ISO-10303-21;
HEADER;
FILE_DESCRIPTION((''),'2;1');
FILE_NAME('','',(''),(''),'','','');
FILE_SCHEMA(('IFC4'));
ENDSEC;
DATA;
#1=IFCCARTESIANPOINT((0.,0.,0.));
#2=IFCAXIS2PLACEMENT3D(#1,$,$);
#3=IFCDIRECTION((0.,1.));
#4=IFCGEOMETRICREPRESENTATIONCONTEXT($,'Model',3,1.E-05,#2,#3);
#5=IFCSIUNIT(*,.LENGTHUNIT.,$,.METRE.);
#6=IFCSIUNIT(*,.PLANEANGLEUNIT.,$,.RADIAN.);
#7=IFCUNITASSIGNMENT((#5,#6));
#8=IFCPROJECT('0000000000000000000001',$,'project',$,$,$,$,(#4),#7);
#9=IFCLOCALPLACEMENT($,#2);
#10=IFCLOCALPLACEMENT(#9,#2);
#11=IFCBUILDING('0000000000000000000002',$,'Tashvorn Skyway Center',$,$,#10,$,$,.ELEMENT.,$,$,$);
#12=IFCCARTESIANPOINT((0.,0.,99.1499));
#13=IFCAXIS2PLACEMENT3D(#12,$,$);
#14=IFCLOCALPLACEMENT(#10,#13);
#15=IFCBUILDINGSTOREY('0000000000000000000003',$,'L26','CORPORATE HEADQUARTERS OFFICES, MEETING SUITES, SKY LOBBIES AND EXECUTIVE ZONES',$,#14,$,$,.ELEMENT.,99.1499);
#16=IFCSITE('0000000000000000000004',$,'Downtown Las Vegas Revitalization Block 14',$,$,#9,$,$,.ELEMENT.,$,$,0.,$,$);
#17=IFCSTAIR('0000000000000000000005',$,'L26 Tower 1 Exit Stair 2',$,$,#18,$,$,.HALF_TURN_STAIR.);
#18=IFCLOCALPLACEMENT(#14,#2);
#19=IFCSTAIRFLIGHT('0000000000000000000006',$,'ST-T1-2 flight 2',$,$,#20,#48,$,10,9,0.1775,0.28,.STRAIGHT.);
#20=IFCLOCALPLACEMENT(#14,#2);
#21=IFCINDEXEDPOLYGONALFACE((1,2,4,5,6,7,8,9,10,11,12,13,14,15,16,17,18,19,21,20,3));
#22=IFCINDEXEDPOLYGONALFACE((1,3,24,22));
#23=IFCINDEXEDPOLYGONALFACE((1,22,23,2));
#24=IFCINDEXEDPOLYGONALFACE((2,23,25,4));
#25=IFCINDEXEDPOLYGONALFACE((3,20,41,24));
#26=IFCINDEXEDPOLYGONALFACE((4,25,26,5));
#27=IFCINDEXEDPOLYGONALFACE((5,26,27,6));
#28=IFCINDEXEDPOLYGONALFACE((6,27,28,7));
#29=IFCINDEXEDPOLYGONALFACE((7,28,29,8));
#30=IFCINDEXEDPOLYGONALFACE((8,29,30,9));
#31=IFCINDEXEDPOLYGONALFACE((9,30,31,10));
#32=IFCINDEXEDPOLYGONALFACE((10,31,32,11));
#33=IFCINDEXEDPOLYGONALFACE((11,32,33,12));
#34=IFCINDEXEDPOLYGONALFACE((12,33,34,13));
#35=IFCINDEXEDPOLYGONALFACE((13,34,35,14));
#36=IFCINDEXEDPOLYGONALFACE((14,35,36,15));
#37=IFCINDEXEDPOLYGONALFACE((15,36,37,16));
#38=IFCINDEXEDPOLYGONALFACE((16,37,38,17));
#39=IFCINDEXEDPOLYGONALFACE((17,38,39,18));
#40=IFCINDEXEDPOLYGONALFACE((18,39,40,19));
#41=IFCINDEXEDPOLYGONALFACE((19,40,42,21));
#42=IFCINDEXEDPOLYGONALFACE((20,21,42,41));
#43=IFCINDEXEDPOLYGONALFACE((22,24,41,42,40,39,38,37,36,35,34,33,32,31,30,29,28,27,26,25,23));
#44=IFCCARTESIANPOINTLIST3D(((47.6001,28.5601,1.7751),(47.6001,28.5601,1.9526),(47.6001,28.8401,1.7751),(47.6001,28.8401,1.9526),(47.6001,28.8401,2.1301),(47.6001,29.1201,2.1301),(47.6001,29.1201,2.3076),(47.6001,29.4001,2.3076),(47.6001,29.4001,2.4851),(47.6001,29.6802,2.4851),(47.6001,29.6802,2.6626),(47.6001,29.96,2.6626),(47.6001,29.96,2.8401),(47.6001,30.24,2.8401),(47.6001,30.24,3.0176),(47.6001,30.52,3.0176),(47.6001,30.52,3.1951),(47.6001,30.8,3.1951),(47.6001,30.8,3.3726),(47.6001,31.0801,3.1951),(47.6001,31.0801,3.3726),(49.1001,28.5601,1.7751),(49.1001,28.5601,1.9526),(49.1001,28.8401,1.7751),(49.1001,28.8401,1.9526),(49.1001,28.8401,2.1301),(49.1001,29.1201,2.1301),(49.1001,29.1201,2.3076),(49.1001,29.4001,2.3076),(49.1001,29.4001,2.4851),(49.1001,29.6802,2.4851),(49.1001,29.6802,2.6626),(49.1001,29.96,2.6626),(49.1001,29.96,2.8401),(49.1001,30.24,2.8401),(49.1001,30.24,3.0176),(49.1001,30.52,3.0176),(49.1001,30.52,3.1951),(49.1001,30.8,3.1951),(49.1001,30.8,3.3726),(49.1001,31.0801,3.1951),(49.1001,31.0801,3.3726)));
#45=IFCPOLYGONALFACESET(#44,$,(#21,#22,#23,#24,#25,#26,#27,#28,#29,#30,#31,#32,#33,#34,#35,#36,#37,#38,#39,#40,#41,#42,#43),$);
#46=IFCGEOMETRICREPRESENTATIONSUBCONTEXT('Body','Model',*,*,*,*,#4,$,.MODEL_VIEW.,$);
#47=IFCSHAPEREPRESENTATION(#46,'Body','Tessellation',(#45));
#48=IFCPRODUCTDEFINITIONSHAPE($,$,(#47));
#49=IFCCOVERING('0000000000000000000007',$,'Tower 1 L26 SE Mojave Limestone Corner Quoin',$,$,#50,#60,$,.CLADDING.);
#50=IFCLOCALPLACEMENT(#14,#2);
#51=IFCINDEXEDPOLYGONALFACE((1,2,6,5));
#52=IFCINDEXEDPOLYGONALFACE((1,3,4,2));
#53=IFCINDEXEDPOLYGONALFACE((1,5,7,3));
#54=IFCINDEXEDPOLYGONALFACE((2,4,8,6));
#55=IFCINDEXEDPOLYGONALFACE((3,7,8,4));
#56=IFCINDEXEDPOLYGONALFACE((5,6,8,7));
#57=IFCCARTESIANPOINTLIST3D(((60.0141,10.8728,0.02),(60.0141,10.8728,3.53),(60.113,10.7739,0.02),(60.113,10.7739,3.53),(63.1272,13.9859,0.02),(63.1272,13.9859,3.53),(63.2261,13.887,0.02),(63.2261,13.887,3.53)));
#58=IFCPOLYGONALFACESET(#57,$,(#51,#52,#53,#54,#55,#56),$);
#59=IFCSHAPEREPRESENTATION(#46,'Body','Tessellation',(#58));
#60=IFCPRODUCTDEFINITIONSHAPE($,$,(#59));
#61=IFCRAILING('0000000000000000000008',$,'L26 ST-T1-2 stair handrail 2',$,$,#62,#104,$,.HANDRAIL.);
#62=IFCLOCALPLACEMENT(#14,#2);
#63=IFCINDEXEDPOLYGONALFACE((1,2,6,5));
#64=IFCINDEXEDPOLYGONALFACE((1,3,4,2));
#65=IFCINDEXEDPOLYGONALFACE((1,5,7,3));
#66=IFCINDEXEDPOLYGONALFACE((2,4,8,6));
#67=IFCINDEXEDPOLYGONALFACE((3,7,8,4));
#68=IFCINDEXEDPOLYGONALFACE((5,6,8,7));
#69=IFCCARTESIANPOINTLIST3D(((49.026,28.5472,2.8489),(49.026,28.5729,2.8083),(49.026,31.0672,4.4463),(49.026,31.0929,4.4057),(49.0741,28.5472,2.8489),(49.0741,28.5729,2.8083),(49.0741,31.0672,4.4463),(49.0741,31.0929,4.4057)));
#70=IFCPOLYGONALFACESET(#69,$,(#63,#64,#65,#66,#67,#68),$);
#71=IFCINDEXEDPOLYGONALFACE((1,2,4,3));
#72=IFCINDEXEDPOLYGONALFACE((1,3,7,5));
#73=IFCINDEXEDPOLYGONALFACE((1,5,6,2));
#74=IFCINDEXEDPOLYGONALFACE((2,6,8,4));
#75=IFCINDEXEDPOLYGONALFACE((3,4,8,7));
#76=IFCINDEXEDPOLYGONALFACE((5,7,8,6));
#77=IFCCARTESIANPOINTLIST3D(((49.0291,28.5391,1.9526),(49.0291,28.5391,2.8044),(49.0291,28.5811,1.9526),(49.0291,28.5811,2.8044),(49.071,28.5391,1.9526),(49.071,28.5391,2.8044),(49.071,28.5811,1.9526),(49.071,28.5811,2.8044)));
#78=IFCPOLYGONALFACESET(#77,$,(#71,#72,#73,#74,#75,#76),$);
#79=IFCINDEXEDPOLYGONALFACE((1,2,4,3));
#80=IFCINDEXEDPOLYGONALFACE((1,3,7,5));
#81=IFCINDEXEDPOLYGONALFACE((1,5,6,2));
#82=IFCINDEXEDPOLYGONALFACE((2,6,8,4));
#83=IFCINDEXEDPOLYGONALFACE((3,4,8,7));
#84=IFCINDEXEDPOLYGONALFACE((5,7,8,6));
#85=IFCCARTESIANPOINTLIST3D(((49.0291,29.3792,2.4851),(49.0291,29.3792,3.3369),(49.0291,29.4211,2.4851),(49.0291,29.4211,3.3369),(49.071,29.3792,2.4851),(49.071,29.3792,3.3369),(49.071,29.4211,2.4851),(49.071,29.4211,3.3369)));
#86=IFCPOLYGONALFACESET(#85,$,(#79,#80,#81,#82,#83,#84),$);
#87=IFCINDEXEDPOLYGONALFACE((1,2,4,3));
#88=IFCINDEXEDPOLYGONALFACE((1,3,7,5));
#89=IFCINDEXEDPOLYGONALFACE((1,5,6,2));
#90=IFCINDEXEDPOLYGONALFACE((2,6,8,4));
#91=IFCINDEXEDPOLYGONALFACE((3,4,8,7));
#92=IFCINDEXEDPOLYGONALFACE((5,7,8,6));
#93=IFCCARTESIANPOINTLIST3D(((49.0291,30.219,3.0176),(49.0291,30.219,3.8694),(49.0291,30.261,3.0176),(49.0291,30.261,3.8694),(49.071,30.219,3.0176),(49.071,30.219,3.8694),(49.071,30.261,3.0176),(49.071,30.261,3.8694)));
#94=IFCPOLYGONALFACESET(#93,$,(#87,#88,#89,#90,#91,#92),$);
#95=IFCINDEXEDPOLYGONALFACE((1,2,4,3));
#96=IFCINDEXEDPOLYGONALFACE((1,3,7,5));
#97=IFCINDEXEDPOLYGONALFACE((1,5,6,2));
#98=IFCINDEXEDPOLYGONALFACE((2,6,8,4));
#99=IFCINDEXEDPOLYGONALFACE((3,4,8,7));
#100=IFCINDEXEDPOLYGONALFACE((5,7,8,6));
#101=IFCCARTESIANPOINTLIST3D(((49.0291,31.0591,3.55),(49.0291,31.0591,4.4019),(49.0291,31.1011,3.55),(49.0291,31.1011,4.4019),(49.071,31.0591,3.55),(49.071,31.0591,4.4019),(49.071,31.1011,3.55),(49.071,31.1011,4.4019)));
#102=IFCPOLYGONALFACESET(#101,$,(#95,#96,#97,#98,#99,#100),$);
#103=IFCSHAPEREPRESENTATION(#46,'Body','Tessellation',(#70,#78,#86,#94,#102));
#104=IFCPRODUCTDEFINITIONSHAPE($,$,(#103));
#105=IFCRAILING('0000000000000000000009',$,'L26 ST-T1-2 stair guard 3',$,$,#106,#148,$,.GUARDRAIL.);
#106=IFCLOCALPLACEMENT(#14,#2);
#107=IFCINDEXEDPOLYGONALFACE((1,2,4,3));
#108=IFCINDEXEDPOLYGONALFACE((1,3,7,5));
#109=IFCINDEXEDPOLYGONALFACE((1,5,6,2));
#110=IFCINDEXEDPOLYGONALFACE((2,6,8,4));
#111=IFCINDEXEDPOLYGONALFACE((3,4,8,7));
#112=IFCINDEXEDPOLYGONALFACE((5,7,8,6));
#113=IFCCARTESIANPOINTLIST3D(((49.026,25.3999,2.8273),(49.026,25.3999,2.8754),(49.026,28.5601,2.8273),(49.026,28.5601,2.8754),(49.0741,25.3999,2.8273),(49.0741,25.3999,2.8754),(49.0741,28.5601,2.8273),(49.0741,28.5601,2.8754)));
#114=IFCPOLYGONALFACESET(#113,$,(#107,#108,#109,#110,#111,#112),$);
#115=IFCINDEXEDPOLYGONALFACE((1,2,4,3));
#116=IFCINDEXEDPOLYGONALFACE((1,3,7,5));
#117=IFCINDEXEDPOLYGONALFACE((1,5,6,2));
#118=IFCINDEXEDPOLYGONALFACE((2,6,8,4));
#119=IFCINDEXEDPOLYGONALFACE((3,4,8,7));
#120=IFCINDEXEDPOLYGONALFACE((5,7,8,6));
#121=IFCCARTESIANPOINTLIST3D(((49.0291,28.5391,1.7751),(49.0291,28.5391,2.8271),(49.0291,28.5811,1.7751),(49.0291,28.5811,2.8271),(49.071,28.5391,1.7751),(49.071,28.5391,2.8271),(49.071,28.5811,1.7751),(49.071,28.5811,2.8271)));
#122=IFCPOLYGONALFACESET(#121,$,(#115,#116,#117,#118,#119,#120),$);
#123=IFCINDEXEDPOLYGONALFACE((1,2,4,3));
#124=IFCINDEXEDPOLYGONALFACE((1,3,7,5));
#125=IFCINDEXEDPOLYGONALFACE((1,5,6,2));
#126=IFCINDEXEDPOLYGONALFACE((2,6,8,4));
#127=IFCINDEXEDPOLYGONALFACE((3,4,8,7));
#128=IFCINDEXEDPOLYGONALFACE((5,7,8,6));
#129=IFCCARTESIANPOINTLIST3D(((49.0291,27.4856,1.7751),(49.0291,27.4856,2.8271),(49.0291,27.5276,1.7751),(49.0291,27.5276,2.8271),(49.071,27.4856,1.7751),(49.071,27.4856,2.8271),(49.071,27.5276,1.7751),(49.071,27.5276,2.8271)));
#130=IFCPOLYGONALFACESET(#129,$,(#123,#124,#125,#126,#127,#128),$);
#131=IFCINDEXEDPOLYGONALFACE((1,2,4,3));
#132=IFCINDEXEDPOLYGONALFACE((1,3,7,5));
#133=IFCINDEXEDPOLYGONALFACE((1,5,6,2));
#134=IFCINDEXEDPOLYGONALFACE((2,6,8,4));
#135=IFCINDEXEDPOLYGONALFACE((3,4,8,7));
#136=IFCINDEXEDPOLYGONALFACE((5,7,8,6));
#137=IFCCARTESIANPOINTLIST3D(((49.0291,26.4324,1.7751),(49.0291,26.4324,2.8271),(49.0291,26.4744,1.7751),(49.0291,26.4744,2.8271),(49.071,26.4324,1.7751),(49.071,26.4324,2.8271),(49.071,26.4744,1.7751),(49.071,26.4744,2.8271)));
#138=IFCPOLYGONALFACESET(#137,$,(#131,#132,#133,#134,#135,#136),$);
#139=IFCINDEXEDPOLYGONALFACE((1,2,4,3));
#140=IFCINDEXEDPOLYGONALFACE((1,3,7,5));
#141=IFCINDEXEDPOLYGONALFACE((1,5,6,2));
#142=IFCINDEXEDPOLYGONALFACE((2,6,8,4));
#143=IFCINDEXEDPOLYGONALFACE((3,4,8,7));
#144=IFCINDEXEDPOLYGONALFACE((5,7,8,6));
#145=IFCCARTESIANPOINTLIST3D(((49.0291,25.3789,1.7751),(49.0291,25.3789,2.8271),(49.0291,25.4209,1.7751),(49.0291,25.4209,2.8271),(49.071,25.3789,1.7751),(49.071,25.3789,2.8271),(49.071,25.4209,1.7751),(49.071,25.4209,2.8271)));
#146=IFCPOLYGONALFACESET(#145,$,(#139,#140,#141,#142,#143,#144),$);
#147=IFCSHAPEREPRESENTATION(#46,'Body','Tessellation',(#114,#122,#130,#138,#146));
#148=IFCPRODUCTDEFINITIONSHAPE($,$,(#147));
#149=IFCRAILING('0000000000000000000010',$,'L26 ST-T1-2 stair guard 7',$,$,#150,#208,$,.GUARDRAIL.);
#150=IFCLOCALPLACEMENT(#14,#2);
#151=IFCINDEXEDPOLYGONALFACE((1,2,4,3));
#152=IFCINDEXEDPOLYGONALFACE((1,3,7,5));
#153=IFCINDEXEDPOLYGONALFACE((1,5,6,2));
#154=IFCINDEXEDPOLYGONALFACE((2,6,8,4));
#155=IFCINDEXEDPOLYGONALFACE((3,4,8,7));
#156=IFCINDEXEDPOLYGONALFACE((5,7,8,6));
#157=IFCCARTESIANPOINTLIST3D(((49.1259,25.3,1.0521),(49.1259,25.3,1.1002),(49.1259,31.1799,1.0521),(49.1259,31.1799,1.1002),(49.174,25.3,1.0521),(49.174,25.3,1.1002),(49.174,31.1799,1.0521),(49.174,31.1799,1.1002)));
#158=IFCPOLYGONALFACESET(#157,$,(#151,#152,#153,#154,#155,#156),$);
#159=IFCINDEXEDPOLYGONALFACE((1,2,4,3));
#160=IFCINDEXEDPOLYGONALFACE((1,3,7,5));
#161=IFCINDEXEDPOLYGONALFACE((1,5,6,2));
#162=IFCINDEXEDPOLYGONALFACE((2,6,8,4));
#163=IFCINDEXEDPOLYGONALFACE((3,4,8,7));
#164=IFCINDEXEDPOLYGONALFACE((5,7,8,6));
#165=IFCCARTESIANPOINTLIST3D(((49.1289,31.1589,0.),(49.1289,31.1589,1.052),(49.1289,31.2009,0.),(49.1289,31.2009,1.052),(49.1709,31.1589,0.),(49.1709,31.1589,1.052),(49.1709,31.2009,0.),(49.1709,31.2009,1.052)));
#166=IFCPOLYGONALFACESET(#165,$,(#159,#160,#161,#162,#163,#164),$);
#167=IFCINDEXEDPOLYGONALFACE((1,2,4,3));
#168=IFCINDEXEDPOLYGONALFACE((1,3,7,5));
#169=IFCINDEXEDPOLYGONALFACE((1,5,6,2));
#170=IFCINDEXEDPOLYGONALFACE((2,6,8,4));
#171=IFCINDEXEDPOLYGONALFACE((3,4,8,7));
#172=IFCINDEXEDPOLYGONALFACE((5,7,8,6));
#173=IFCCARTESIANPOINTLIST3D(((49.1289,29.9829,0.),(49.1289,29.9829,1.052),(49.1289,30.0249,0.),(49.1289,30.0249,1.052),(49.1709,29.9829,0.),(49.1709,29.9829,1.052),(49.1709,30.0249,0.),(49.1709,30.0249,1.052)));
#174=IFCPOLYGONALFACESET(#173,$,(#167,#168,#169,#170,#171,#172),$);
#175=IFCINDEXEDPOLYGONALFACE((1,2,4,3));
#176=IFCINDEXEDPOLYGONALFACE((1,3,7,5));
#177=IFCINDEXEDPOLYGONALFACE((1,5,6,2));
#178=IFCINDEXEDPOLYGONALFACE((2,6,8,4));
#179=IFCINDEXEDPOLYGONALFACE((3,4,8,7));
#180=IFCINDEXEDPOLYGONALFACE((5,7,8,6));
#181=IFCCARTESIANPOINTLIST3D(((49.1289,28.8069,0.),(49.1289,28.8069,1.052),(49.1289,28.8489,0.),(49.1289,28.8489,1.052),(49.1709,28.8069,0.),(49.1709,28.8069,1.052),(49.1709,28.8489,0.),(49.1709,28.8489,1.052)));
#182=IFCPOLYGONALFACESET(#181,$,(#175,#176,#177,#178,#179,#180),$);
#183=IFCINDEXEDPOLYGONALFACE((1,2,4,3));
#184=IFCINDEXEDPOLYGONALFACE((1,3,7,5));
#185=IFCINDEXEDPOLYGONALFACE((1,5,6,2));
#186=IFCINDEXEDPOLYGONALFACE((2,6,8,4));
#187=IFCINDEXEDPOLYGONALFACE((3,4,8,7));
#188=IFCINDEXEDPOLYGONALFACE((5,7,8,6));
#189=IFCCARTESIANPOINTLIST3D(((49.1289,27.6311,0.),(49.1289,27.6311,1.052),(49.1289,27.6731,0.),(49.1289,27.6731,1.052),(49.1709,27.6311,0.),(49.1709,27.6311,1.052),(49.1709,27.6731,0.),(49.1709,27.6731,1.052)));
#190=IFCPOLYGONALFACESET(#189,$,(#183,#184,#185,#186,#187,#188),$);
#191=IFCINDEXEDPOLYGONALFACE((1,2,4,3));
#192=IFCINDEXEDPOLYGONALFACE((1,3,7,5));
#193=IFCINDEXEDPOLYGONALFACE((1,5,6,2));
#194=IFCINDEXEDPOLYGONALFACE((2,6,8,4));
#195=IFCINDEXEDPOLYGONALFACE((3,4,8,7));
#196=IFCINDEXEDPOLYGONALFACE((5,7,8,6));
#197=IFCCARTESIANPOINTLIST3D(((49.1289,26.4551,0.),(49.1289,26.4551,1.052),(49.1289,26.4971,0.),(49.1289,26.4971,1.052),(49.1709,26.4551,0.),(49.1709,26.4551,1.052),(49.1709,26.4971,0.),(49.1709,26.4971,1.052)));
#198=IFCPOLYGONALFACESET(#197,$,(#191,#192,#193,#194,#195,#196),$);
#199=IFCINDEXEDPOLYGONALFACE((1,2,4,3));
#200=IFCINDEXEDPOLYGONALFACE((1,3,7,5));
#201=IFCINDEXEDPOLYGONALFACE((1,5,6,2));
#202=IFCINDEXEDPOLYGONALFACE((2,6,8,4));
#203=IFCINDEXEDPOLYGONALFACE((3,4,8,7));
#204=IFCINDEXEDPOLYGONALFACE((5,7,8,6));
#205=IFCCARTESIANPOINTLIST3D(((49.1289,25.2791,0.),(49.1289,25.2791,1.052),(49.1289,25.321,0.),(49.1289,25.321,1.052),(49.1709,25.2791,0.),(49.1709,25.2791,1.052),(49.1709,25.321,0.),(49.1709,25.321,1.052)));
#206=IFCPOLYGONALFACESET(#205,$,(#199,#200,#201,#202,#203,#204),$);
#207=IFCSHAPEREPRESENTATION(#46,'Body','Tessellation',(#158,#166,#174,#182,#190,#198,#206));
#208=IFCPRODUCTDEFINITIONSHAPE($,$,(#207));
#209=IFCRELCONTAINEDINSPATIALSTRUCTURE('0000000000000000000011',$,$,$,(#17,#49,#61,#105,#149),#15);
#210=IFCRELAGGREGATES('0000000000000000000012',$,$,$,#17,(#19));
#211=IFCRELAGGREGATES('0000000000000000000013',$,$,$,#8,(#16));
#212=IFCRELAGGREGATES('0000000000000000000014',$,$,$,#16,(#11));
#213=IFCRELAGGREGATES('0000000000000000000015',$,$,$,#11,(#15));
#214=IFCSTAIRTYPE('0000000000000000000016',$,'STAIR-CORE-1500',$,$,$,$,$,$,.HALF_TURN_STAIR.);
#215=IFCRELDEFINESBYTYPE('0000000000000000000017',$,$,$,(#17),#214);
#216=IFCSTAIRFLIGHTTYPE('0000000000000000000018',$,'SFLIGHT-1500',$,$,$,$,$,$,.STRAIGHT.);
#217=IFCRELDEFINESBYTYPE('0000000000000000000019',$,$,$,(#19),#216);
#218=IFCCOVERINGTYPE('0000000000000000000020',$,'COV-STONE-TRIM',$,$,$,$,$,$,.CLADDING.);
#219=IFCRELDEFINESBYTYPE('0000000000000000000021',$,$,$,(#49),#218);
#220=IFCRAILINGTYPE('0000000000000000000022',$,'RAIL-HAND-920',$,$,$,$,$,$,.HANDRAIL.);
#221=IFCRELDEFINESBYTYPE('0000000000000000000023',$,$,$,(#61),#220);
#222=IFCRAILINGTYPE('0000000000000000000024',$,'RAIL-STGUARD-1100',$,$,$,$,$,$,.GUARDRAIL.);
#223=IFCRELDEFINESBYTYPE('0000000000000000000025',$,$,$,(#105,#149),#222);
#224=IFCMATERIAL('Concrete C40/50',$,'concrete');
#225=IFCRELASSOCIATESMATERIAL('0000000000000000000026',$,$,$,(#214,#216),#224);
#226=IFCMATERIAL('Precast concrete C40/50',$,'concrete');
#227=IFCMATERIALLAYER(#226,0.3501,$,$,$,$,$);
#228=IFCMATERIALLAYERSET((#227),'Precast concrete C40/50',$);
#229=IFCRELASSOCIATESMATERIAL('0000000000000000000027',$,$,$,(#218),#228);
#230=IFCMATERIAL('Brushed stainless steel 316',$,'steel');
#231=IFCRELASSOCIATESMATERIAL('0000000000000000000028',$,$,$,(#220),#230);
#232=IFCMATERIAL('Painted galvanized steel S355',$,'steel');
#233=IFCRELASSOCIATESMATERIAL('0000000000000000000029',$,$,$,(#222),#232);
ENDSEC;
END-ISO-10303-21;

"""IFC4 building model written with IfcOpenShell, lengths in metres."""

from ifc_helpers import new_model, si_unit, direction, frame, origin, origin_2d, place, context, subcontext, project, spatial, polyline, rectangle, outline, extrude, material, layer, layer_set, type_object, element, aggregate, save


model = new_model("IFC4")

# Units and contexts
model_context = context("Model", 3, precision=1e-05, world=origin(), true_north=direction((0.0, 1.0)))
body_context = subcontext(model_context, "Body", "Model", "MODEL_VIEW")
ifc_project = project(units=[si_unit("LENGTHUNIT", "METRE"), si_unit("PLANEANGLEUNIT", "RADIAN")], contexts=[model_context])

# Site, building, storey
site_placement = place(None, origin())
site = spatial("IfcSite", under=ifc_project, at=site_placement, Name="Downtown Las Vegas Revitalization Block 14", CompositionType="ELEMENT", RefElevation=0.0)
building_placement = place(site_placement, origin())
building = spatial("IfcBuilding", under=site, at=building_placement, Name="Tashvorn Skyway Center", CompositionType="ELEMENT")
storey_placement = place(building_placement, frame((0.0, 0.0, 99.1499)))
storey = spatial("IfcBuildingStorey", under=building, at=storey_placement, Name="L26", Description="CORPORATE HEADQUARTERS OFFICES, MEETING SUITES, SKY LOBBIES AND EXECUTIVE ZONES", CompositionType="ELEMENT", Elevation=99.1499)

# Stair, stair flight
ifc_material_1 = material(Name="Concrete C40/50", Category="concrete")
stair_type = type_object("IfcStairType", Name="STAIR-CORE-1500", PredefinedType="HALF_TURN_STAIR", material=ifc_material_1)
stair_placement = place(storey_placement, origin())
stair = element("IfcStair", 1, at=stair_placement, inside=storey, type_object=stair_type, Name="L26 Tower 1 Exit Stair 2", PredefinedType="HALF_TURN_STAIR")
stair_flight_type = type_object("IfcStairFlightType", Name="SFLIGHT-1500", PredefinedType="STRAIGHT", material=ifc_material_1)
stair_flight_placement = place(storey_placement, frame((48.3501, 28.5601, 1.7751), z_axis=(0.0, 0.0, 1.0), x_axis=(0.0, 1.0, 0.0)))
stair_flight = element("IfcStairFlight", 2, at=stair_flight_placement, type_object=stair_flight_type, Name="ST-T1-2 flight 2", NumberOfRisers=10, NumberOfTreads=9, PredefinedType="STRAIGHT", RiserHeight=0.1775, TreadLength=0.28, context=body_context, shape_type="SweptSolid", body=[
    extrude(outline(polyline([(0.0, 0.0), (0.0, 0.1775), (0.28, 0.1775), (0.28, 0.355), (0.5601, 0.355), (0.5601, 0.5325), (0.8401, 0.5325), (0.8401, 0.71), (1.1201, 0.71), (1.1201, 0.8875), (1.3999, 0.8875), (1.3999, 1.0649), (1.6799, 1.0649), (1.6799, 1.2424), (1.96, 1.2424), (1.96, 1.4199), (2.24, 1.4199), (2.24, 1.5974), (2.52, 1.5974), (2.52, 1.7749), (2.52, 1.4199), (0.28, 0.0), (0.0, 0.0)])), frame((0.0, 0.75, 0.0), z_axis=(0.0, -1.0, 0.0), x_axis=(1.0, 0.0, 0.0)), (0.0, 0.0, 1.0), 1.5),
])
aggregate(stair, [stair_flight])

# Covering
ifc_material_2 = material(Name="Precast concrete C40/50", Category="concrete")
ifc_layer_1 = layer(ifc_material_2, 0.3501)
ifc_layer_set_1 = layer_set([ifc_layer_1], Name="Precast concrete C40/50")
covering_type = type_object("IfcCoveringType", Name="COV-STONE-TRIM", PredefinedType="CLADDING", material=ifc_layer_set_1)
covering_placement = place(storey_placement, frame((61.6201, 12.3799, 0.02), z_axis=(0.0, 0.0, 1.0), x_axis=(0.707107, 0.707107, 0.0)))
element("IfcCovering", 3, at=covering_placement, inside=storey, type_object=covering_type, Name="Tower 1 L26 SE Mojave Limestone Corner Quoin", PredefinedType="CLADDING", context=body_context, shape_type="SweptSolid", body=[
    extrude(rectangle(XDim=4.4026, YDim=0.1399, at=origin_2d()), origin(), (0.0, 0.0, 1.0), 3.51),
])

# Railings
ifc_material_3 = material(Name="Brushed stainless steel 316", Category="steel")
railing_type_1 = type_object("IfcRailingType", Name="RAIL-HAND-920", PredefinedType="HANDRAIL", material=ifc_material_3)
railing_1_placement = place(storey_placement, frame((49.05, 28.5601, 1.9526)))
element("IfcRailing", 4, at=railing_1_placement, inside=storey, type_object=railing_type_1, Name="L26 ST-T1-2 stair handrail 2", PredefinedType="HANDRAIL", context=body_context, shape_type="SweptSolid", body=[
    extrude(rectangle(XDim=0.0481, YDim=0.0481, at=origin_2d()), frame((0.0, 0.0, 0.876), z_axis=(0.0, 0.844607, 0.535387), x_axis=(-1.0, 0.0, 0.0)), (0.0, 0.0, 1.0), 2.9836),
    extrude(rectangle(XDim=0.042, YDim=0.042, at=origin_2d()), origin(), (0.0, 0.0, 1.0), 0.8518),
    extrude(rectangle(XDim=0.042, YDim=0.042, at=origin_2d()), frame((0.0, 0.8401, 0.5325)), (0.0, 0.0, 1.0), 0.8518),
    extrude(rectangle(XDim=0.042, YDim=0.042, at=origin_2d()), frame((0.0, 1.6799, 1.0649)), (0.0, 0.0, 1.0), 0.8518),
    extrude(rectangle(XDim=0.042, YDim=0.042, at=origin_2d()), frame((0.0, 2.52, 1.5974)), (0.0, 0.0, 1.0), 0.8518),
])
ifc_material_4 = material(Name="Painted galvanized steel S355", Category="steel")
railing_type_2 = type_object("IfcRailingType", Name="RAIL-STGUARD-1100", PredefinedType="GUARDRAIL", material=ifc_material_4)
railing_2_placement = place(storey_placement, frame((49.05, 28.5601, 1.7751)))
element("IfcRailing", 5, at=railing_2_placement, inside=storey, type_object=railing_type_2, Name="L26 ST-T1-2 stair guard 3", PredefinedType="GUARDRAIL", context=body_context, shape_type="SweptSolid", body=[
    extrude(rectangle(XDim=0.0481, YDim=0.0481, at=origin_2d()), frame((0.0, 0.0, 1.0762), z_axis=(0.0, -1.0, 0.0), x_axis=(1.0, 0.0, 0.0)), (0.0, 0.0, 1.0), 3.1602),
    extrude(rectangle(XDim=0.042, YDim=0.042, at=origin_2d()), origin(), (0.0, 0.0, 1.0), 1.052),
    extrude(rectangle(XDim=0.042, YDim=0.042, at=origin_2d()), frame((0.0, -1.0535, 0.0)), (0.0, 0.0, 1.0), 1.052),
    extrude(rectangle(XDim=0.042, YDim=0.042, at=origin_2d()), frame((0.0, -2.1067, 0.0)), (0.0, 0.0, 1.0), 1.052),
    extrude(rectangle(XDim=0.042, YDim=0.042, at=origin_2d()), frame((0.0, -3.1602, 0.0)), (0.0, 0.0, 1.0), 1.052),
])
railing_3_placement = place(storey_placement, frame((49.1499, 31.1799, 0.0)))
element("IfcRailing", 6, at=railing_3_placement, inside=storey, type_object=railing_type_2, Name="L26 ST-T1-2 stair guard 7", PredefinedType="GUARDRAIL", context=body_context, shape_type="SweptSolid", body=[
    extrude(rectangle(XDim=0.0481, YDim=0.0481, at=origin_2d()), frame((0.0, 0.0, 1.0762), z_axis=(0.0, -1.0, 0.0), x_axis=(1.0, 0.0, 0.0)), (0.0, 0.0, 1.0), 5.8799),
    extrude(rectangle(XDim=0.042, YDim=0.042, at=origin_2d()), origin(), (0.0, 0.0, 1.0), 1.052),
    extrude(rectangle(XDim=0.042, YDim=0.042, at=origin_2d()), frame((0.0, -1.176, 0.0)), (0.0, 0.0, 1.0), 1.052),
    extrude(rectangle(XDim=0.042, YDim=0.042, at=origin_2d()), frame((0.0, -2.3521, 0.0)), (0.0, 0.0, 1.0), 1.052),
    extrude(rectangle(XDim=0.042, YDim=0.042, at=origin_2d()), frame((0.0, -3.5278, 0.0)), (0.0, 0.0, 1.0), 1.052),
    extrude(rectangle(XDim=0.042, YDim=0.042, at=origin_2d()), frame((0.0, -4.7039, 0.0)), (0.0, 0.0, 1.0), 1.052),
    extrude(rectangle(XDim=0.042, YDim=0.042, at=origin_2d()), frame((0.0, -5.8799, 0.0)), (0.0, 0.0, 1.0), 1.052),
])

save(model, "model.ifc")
